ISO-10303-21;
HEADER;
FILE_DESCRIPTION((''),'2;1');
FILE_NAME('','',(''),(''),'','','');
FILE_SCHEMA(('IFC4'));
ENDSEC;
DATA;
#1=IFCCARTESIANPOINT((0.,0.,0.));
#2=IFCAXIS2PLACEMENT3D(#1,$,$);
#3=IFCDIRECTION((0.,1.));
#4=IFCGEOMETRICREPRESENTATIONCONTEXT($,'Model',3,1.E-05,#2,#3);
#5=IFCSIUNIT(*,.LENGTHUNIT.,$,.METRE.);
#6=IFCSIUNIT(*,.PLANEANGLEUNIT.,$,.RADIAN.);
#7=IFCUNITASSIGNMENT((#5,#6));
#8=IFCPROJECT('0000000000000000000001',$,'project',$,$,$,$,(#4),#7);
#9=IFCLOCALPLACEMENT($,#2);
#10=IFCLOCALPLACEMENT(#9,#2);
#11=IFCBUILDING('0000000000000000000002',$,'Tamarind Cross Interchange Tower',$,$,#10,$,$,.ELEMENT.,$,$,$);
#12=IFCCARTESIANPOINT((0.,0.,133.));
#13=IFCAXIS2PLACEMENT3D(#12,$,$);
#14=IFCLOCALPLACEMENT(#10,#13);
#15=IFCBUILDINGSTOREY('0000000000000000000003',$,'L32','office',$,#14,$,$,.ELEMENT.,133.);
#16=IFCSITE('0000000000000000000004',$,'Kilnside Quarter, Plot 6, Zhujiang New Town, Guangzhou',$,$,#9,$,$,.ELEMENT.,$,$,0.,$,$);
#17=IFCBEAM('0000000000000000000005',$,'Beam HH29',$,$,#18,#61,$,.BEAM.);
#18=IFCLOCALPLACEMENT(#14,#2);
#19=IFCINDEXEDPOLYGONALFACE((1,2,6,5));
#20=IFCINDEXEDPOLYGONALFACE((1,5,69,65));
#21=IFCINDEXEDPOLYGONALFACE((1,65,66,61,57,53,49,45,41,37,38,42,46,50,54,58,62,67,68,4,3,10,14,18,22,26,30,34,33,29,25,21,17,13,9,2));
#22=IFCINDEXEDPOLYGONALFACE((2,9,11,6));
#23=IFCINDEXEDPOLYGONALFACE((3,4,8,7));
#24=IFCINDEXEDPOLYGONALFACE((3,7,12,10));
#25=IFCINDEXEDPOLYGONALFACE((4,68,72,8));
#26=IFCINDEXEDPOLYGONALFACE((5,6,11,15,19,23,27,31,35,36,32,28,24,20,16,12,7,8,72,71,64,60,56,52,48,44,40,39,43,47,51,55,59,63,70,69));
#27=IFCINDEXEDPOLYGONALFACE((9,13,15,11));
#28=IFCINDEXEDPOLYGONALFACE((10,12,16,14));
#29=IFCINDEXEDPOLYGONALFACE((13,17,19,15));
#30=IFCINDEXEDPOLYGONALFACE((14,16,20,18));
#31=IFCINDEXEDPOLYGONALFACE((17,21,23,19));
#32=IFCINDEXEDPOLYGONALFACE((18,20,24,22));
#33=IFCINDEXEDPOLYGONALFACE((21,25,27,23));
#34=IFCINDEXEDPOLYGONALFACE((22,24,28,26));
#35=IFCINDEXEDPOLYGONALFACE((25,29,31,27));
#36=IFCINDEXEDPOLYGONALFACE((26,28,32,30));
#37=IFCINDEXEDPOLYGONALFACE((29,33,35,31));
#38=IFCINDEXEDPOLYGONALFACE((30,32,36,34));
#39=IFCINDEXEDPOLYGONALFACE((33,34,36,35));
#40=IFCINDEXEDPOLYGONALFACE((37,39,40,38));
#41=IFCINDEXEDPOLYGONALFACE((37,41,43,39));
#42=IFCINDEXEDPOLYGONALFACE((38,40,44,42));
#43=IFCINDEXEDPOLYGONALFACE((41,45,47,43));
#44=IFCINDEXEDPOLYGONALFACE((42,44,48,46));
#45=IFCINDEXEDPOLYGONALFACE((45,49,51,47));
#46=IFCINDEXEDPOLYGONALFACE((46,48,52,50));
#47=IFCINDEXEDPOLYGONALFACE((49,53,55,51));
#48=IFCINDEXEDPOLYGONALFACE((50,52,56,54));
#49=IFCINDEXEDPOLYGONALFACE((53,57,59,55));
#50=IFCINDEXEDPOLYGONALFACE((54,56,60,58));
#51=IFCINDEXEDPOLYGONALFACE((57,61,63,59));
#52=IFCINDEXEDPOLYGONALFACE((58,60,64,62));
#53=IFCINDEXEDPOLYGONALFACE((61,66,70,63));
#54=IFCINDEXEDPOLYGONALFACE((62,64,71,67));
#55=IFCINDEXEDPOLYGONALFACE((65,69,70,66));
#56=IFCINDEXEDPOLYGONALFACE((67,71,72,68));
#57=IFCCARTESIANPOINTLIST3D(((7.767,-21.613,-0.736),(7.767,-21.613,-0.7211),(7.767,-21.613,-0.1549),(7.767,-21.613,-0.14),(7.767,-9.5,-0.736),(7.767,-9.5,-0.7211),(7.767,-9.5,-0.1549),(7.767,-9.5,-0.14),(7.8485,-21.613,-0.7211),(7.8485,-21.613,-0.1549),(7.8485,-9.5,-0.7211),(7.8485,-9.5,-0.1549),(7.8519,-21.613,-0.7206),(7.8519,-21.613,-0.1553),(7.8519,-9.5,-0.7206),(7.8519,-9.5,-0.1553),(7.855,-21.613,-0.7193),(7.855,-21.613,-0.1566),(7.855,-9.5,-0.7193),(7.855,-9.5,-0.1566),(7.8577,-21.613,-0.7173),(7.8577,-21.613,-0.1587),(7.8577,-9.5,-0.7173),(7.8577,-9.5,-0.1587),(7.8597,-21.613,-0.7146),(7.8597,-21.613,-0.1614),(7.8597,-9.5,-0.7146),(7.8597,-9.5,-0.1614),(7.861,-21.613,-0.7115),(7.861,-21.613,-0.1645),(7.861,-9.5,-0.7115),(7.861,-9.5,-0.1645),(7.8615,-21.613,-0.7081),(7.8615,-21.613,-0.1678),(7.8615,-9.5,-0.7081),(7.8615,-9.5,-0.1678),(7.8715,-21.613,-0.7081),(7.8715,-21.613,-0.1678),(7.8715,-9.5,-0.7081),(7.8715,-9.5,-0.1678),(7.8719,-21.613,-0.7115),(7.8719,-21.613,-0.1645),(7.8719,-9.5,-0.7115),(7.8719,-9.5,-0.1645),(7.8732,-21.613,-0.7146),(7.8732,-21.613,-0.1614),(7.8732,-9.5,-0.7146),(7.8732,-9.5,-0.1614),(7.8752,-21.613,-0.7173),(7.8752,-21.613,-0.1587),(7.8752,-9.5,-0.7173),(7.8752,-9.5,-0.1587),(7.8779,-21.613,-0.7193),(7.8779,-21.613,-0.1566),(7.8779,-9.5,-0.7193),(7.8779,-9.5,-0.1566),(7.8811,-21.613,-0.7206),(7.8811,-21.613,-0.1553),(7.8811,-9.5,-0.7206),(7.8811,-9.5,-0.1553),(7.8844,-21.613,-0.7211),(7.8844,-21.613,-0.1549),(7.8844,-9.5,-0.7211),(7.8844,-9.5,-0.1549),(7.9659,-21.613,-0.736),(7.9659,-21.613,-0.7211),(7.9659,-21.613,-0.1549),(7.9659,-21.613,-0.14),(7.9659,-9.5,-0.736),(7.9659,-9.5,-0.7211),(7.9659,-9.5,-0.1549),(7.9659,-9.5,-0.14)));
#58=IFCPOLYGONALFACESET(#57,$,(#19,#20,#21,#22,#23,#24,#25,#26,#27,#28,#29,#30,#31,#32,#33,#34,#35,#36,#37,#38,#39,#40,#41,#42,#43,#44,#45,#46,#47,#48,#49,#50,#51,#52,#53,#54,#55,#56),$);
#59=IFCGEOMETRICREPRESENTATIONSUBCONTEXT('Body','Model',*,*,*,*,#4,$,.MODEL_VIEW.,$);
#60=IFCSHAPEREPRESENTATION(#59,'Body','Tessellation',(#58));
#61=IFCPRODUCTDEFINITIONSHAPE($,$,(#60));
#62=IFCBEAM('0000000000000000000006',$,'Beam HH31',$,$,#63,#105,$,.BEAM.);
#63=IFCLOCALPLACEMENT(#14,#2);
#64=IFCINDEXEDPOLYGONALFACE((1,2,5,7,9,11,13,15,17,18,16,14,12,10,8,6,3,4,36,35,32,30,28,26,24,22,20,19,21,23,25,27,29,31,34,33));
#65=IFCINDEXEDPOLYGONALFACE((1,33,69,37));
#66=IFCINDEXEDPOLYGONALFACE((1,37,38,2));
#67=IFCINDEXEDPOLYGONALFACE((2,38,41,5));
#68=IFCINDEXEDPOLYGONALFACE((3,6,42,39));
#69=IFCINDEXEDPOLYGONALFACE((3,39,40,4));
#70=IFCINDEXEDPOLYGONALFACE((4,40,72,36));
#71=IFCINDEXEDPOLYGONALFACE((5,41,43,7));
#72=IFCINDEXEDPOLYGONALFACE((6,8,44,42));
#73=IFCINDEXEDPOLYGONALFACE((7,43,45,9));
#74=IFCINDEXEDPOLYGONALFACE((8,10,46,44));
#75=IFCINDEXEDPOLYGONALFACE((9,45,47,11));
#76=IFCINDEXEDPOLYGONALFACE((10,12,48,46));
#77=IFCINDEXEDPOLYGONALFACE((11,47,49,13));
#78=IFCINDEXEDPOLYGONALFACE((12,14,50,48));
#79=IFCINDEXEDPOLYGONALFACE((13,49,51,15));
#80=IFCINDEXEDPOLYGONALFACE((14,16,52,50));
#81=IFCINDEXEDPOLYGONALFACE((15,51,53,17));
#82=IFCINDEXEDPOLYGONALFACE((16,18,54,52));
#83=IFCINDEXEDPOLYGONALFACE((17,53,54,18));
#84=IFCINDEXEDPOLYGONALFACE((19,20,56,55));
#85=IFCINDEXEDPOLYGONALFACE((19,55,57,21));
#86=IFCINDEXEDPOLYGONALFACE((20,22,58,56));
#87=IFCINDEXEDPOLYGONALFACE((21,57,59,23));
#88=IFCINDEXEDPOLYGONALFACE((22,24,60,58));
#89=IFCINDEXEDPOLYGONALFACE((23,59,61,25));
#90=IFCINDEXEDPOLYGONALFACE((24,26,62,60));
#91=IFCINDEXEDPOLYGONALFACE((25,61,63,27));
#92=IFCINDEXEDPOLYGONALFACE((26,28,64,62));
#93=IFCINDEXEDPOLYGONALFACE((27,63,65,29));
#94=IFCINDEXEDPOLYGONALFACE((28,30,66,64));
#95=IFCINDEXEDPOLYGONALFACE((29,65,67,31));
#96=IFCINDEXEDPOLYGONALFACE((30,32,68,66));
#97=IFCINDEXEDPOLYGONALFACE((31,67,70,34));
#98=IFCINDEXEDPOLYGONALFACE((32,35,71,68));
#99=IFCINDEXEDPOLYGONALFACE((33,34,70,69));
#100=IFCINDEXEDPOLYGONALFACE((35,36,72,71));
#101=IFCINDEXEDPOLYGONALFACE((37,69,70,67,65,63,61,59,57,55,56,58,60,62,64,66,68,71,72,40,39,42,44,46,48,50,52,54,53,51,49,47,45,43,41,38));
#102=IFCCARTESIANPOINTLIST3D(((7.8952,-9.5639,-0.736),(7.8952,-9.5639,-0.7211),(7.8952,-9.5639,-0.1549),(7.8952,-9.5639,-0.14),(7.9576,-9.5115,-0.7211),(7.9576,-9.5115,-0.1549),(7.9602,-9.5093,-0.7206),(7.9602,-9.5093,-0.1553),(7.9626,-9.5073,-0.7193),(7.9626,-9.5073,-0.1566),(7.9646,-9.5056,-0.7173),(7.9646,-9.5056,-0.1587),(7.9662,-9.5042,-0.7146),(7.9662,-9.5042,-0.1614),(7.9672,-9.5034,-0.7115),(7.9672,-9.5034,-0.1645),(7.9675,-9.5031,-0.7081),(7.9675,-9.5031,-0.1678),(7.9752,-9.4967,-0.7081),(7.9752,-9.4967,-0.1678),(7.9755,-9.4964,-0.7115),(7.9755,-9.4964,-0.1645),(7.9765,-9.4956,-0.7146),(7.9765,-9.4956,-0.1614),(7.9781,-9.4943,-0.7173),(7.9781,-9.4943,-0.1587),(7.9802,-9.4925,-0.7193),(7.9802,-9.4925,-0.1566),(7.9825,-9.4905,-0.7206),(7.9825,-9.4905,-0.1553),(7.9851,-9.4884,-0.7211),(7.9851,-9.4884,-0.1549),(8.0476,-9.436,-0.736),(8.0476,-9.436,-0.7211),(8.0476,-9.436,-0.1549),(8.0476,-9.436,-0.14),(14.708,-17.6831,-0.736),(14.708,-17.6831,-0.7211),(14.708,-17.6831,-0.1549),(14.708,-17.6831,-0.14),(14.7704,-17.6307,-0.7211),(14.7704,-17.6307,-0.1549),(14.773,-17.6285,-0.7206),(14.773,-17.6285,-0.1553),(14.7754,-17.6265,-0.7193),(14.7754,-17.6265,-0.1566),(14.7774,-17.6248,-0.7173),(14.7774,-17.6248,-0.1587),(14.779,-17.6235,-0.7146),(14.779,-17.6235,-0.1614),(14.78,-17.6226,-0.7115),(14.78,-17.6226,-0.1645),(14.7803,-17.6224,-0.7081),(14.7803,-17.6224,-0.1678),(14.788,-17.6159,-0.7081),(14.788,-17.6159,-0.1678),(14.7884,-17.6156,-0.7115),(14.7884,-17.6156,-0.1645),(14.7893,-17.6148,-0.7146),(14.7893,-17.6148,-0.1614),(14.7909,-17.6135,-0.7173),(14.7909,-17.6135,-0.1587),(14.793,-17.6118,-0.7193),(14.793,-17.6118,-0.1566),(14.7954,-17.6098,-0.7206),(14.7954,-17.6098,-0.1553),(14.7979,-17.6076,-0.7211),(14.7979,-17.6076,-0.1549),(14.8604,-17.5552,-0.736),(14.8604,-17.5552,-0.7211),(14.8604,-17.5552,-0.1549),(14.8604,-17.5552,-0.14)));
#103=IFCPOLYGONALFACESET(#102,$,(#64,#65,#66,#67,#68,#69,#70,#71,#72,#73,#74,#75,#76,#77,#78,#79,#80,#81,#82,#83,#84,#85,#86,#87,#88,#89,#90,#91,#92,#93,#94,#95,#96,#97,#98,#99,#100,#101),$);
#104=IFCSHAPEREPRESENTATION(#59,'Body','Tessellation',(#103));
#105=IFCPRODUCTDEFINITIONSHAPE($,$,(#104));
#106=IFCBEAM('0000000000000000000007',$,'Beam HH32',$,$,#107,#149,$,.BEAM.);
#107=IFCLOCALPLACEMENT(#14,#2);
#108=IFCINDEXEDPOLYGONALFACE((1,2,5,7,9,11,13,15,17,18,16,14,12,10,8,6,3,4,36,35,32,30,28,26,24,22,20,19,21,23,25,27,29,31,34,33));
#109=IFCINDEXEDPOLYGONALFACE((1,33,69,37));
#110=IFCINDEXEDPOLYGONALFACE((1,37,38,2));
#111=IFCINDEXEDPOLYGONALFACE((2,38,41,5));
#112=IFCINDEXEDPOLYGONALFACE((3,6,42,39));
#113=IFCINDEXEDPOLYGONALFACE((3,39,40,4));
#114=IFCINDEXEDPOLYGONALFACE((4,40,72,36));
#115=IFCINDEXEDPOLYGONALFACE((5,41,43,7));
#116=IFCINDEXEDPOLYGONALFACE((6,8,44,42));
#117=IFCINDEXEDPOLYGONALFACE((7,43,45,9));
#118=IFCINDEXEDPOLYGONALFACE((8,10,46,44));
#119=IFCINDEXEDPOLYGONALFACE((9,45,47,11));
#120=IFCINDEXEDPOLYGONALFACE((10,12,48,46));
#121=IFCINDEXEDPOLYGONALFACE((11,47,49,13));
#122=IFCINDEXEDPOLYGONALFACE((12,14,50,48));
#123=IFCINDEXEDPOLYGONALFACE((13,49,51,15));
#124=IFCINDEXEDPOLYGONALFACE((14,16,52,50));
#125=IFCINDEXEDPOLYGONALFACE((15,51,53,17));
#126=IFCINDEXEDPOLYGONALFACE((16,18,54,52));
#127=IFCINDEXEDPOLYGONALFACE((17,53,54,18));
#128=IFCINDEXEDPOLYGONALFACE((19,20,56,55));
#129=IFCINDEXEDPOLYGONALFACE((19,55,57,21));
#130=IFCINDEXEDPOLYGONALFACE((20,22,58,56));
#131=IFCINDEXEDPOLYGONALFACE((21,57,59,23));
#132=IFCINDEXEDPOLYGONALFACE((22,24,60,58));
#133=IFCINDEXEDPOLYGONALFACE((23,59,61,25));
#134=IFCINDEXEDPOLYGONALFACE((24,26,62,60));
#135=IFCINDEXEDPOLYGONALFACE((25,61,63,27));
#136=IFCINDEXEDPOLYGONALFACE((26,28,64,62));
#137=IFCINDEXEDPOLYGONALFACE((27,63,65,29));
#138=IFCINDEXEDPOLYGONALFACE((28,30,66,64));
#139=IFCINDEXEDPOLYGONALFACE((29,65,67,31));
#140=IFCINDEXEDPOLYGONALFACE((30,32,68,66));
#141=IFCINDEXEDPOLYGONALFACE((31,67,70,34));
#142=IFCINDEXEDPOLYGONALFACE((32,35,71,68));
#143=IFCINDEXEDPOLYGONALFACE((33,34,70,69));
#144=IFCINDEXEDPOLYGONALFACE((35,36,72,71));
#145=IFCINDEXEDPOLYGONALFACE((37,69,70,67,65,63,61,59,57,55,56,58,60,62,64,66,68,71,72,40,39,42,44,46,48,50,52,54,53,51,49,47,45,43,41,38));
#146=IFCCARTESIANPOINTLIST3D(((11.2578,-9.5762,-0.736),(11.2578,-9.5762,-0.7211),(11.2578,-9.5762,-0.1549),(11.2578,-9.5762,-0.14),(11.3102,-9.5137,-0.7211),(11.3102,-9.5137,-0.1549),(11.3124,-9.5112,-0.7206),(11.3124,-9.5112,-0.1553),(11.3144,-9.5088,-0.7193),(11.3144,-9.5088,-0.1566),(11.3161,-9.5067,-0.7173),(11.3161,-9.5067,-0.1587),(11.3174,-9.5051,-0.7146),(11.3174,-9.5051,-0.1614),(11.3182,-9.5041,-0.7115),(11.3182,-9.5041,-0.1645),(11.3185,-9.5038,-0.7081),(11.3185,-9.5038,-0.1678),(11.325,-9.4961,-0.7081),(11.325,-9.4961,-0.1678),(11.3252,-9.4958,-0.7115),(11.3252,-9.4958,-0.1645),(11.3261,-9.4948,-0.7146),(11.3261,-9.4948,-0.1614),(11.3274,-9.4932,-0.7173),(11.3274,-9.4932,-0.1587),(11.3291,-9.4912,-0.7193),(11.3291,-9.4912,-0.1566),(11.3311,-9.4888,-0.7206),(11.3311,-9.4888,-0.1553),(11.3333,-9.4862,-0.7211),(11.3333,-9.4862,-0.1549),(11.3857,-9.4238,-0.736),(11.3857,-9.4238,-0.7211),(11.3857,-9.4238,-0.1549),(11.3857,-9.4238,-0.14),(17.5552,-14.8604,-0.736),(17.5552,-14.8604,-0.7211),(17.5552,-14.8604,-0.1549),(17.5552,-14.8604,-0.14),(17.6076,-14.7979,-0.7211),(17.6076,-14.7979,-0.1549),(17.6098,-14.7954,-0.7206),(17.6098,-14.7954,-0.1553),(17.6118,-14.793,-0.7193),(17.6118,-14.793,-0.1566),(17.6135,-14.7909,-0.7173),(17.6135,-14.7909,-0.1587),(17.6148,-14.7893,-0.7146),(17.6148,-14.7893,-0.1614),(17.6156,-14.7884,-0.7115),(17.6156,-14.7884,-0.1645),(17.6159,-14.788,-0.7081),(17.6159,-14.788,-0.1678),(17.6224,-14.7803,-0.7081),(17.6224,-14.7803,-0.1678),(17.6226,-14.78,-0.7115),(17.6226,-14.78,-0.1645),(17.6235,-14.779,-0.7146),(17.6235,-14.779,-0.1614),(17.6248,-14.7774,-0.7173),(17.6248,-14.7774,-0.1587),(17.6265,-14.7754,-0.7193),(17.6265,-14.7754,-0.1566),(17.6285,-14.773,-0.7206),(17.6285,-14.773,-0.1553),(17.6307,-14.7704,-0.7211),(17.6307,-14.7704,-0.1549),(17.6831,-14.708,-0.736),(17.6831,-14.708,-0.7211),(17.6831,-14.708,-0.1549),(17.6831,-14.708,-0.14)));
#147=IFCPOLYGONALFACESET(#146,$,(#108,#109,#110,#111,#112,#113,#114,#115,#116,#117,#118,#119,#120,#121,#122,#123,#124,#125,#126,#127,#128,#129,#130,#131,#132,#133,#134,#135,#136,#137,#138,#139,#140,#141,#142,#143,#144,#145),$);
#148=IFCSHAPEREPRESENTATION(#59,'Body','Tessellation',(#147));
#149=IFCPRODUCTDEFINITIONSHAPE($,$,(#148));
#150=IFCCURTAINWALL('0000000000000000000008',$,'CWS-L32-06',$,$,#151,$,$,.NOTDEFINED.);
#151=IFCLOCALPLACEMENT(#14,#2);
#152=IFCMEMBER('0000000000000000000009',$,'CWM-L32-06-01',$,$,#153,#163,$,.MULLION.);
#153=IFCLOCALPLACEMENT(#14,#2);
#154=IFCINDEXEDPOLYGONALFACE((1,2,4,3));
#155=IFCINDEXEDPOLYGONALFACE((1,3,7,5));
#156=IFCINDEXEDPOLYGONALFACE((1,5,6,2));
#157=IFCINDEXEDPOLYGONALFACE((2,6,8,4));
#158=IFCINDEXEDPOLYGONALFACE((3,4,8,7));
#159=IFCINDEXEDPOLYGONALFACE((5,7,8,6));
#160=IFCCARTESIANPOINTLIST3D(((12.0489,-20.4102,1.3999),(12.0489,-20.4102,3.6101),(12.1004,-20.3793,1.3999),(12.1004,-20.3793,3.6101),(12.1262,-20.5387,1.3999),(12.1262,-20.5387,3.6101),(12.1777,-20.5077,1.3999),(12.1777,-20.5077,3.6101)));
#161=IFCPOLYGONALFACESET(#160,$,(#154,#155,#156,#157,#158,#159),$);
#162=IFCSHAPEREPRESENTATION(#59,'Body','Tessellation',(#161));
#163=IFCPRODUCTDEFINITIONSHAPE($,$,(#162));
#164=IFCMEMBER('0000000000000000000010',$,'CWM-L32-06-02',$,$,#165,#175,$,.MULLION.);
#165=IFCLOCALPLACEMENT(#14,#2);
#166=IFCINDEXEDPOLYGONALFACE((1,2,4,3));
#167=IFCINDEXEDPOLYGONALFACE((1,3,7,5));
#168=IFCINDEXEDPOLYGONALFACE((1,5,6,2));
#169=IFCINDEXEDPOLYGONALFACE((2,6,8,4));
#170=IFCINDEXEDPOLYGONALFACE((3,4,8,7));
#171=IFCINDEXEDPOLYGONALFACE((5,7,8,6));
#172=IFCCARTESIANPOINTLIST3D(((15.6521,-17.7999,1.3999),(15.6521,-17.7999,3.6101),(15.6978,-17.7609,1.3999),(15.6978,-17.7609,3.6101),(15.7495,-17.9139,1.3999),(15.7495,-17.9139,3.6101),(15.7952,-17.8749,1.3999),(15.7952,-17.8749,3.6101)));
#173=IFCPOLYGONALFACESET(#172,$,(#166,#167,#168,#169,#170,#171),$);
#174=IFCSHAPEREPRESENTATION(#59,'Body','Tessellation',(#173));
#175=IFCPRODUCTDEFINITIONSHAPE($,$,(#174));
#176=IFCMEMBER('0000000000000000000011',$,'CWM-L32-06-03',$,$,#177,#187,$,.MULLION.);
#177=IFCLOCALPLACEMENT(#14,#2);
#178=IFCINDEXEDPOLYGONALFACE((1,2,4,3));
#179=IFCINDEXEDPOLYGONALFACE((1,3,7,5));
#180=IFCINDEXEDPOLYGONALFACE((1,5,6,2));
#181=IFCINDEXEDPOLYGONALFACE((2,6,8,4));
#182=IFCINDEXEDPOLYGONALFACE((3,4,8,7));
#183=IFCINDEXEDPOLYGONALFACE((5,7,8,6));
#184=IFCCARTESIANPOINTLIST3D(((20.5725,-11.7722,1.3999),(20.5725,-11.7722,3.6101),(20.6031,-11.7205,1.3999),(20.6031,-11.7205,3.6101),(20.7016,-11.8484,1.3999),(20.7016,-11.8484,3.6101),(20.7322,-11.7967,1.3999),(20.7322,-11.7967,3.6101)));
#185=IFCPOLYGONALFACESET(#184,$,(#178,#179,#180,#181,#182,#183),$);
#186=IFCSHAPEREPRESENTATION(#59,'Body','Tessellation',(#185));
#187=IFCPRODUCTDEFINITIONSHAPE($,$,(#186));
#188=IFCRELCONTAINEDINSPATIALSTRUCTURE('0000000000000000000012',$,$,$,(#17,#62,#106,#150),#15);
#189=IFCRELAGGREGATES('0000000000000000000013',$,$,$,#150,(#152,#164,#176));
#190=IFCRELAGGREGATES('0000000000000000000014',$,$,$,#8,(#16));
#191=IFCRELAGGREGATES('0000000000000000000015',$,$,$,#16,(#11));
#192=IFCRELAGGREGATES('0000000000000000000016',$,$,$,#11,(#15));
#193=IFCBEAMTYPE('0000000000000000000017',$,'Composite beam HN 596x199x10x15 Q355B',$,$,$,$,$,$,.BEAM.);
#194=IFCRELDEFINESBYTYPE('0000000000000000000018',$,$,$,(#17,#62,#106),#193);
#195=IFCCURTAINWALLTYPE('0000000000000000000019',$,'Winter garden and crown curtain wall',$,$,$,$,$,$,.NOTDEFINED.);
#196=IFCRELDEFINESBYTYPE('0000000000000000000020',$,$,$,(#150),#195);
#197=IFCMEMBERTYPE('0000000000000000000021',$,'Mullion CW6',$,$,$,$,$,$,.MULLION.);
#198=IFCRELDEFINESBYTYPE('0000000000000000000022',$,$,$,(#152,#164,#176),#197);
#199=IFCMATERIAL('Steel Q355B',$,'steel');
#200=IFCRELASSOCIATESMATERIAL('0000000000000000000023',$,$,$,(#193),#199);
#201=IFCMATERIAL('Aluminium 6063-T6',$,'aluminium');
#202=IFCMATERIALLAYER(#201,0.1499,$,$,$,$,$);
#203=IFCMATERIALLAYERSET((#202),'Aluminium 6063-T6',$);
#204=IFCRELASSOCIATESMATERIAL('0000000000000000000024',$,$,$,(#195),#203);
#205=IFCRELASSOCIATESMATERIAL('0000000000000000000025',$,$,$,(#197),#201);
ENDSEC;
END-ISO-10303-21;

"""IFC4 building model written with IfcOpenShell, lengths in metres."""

from ifc_helpers import new_model, si_unit, direction, frame, origin, origin_2d, place, context, subcontext, project, spatial, rectangle, i_section, extrude, material, layer, layer_set, material_profile, profile_set, type_object, element, aggregate, save


model = new_model("IFC4")

# Units and contexts
model_context = context("Model", 3, precision=1e-05, world=origin(), true_north=direction((0.0, 1.0)))
body_context = subcontext(model_context, "Body", "Model", "MODEL_VIEW")
ifc_project = project(units=[si_unit("LENGTHUNIT", "METRE"), si_unit("PLANEANGLEUNIT", "RADIAN")], contexts=[model_context])

# Site, building, storey
site_placement = place(None, origin())
site = spatial("IfcSite", under=ifc_project, at=site_placement, Name="Kilnside Quarter, Plot 6, Zhujiang New Town, Guangzhou", CompositionType="ELEMENT", RefElevation=0.0)
building_placement = place(site_placement, origin())
building = spatial("IfcBuilding", under=site, at=building_placement, Name="Tamarind Cross Interchange Tower", CompositionType="ELEMENT")
storey_placement = place(building_placement, frame((0.0, 0.0, 133.0)))
storey = spatial("IfcBuildingStorey", under=building, at=storey_placement, Name="L32", Description="office", CompositionType="ELEMENT", Elevation=133.0)

# Beams
ifc_material_1 = material(Name="Steel Q355B", Category="steel")
ifc_material_profile_1 = material_profile(ifc_material_1, i_section(OverallWidth=0.199, OverallDepth=0.5959, WebThickness=0.01, FlangeThickness=0.0149, FilletRadius=0.0129, at=origin_2d()), Name="HN 596x199x10x15")
ifc_profile_set_1 = profile_set([ifc_material_profile_1], Name="Steel Q355B")
beam_type = type_object("IfcBeamType", Name="Composite beam HN 596x199x10x15 Q355B", PredefinedType="BEAM", material=ifc_profile_set_1)
beam_1_placement = place(storey_placement, frame((7.8665, -21.613, -0.438), z_axis=(0.0, 1.0, 0.0), x_axis=(-1.0, 0.0, 0.0)))
element("IfcBeam", 1, at=beam_1_placement, inside=storey, type_object=beam_type, Name="Beam HH29", PredefinedType="BEAM", context=body_context, shape_type="SweptSolid", body=[
    extrude(i_section(OverallWidth=0.199, OverallDepth=0.5959, WebThickness=0.01, FlangeThickness=0.0149, FilletRadius=0.0129, at=origin_2d()), origin(), (0.0, 0.0, 1.0), 12.113),
])
beam_2_placement = place(storey_placement, frame((14.7842, -17.6191, -0.438), z_axis=(-0.642786, 0.766046, 0.0), x_axis=(-0.766046, -0.642786, 0.0)))
element("IfcBeam", 2, at=beam_2_placement, inside=storey, type_object=beam_type, Name="Beam HH31", PredefinedType="BEAM", context=body_context, shape_type="SweptSolid", body=[
    extrude(i_section(OverallWidth=0.199, OverallDepth=0.5959, WebThickness=0.01, FlangeThickness=0.0149, FilletRadius=0.0129, at=origin_2d()), origin(), (0.0, 0.0, 1.0), 10.5989),
])
beam_3_placement = place(storey_placement, frame((17.6191, -14.7842, -0.438), z_axis=(-0.766041, 0.642792, 0.0), x_axis=(-0.642792, -0.766041, 0.0)))
element("IfcBeam", 3, at=beam_3_placement, inside=storey, type_object=beam_type, Name="Beam HH32", PredefinedType="BEAM", context=body_context, shape_type="SweptSolid", body=[
    extrude(i_section(OverallWidth=0.199, OverallDepth=0.5959, WebThickness=0.01, FlangeThickness=0.0149, FilletRadius=0.0129, at=origin_2d()), origin(), (0.0, 0.0, 1.0), 8.2207),
])

# Curtain wall, members
ifc_material_2 = material(Name="Aluminium 6063-T6", Category="aluminium")
ifc_layer_1 = layer(ifc_material_2, 0.1499)
ifc_layer_set_1 = layer_set([ifc_layer_1], Name="Aluminium 6063-T6")
curtain_wall_type = type_object("IfcCurtainWallType", Name="Winter garden and crown curtain wall", PredefinedType="NOTDEFINED", material=ifc_layer_set_1)
curtain_wall_placement = place(storey_placement, origin())
curtain_wall = element("IfcCurtainWall", 4, at=curtain_wall_placement, inside=storey, type_object=curtain_wall_type, Name="CWS-L32-06", PredefinedType="NOTDEFINED")
ifc_material_profile_2 = material_profile(ifc_material_2, rectangle(XDim=0.0601, YDim=0.1499, at=origin_2d()), Name="Mullion CW6")
ifc_profile_set_2 = profile_set([ifc_material_profile_2], Name="Aluminium 6063-T6")
member_type = type_object("IfcMemberType", Name="Mullion CW6", PredefinedType="MULLION", material=ifc_profile_set_2)
member_1_placement = place(storey_placement, frame((12.1133, -20.459, 1.3999), z_axis=(0.0, 0.0, 1.0), x_axis=(0.856843, 0.515577, 0.0)))
member_1 = element("IfcMember", 5, at=member_1_placement, type_object=member_type, Name="CWM-L32-06-01", PredefinedType="MULLION", context=body_context, shape_type="SweptSolid", body=[
    extrude(rectangle(XDim=0.0601, YDim=0.1499, at=origin_2d()), origin(), (0.0, 0.0, 1.0), 2.2102),
])
member_2_placement = place(storey_placement, frame((15.7236, -17.8374, 1.3999), z_axis=(0.0, 0.0, 1.0), x_axis=(0.760296, 0.649577, 0.0)))
member_2 = element("IfcMember", 6, at=member_2_placement, type_object=member_type, Name="CWM-L32-06-02", PredefinedType="MULLION", context=body_context, shape_type="SweptSolid", body=[
    extrude(rectangle(XDim=0.0601, YDim=0.1499, at=origin_2d()), origin(), (0.0, 0.0, 1.0), 2.2102),
])
member_3_placement = place(storey_placement, frame((20.6523, -11.7844, 1.3999), z_axis=(0.0, 0.0, 1.0), x_axis=(0.508183, 0.861249, 0.0)))
member_3 = element("IfcMember", 7, at=member_3_placement, type_object=member_type, Name="CWM-L32-06-03", PredefinedType="MULLION", context=body_context, shape_type="SweptSolid", body=[
    extrude(rectangle(XDim=0.0601, YDim=0.1499, at=origin_2d()), origin(), (0.0, 0.0, 1.0), 2.2102),
])
aggregate(curtain_wall, [member_1, member_2, member_3])

save(model, "model.ifc")
